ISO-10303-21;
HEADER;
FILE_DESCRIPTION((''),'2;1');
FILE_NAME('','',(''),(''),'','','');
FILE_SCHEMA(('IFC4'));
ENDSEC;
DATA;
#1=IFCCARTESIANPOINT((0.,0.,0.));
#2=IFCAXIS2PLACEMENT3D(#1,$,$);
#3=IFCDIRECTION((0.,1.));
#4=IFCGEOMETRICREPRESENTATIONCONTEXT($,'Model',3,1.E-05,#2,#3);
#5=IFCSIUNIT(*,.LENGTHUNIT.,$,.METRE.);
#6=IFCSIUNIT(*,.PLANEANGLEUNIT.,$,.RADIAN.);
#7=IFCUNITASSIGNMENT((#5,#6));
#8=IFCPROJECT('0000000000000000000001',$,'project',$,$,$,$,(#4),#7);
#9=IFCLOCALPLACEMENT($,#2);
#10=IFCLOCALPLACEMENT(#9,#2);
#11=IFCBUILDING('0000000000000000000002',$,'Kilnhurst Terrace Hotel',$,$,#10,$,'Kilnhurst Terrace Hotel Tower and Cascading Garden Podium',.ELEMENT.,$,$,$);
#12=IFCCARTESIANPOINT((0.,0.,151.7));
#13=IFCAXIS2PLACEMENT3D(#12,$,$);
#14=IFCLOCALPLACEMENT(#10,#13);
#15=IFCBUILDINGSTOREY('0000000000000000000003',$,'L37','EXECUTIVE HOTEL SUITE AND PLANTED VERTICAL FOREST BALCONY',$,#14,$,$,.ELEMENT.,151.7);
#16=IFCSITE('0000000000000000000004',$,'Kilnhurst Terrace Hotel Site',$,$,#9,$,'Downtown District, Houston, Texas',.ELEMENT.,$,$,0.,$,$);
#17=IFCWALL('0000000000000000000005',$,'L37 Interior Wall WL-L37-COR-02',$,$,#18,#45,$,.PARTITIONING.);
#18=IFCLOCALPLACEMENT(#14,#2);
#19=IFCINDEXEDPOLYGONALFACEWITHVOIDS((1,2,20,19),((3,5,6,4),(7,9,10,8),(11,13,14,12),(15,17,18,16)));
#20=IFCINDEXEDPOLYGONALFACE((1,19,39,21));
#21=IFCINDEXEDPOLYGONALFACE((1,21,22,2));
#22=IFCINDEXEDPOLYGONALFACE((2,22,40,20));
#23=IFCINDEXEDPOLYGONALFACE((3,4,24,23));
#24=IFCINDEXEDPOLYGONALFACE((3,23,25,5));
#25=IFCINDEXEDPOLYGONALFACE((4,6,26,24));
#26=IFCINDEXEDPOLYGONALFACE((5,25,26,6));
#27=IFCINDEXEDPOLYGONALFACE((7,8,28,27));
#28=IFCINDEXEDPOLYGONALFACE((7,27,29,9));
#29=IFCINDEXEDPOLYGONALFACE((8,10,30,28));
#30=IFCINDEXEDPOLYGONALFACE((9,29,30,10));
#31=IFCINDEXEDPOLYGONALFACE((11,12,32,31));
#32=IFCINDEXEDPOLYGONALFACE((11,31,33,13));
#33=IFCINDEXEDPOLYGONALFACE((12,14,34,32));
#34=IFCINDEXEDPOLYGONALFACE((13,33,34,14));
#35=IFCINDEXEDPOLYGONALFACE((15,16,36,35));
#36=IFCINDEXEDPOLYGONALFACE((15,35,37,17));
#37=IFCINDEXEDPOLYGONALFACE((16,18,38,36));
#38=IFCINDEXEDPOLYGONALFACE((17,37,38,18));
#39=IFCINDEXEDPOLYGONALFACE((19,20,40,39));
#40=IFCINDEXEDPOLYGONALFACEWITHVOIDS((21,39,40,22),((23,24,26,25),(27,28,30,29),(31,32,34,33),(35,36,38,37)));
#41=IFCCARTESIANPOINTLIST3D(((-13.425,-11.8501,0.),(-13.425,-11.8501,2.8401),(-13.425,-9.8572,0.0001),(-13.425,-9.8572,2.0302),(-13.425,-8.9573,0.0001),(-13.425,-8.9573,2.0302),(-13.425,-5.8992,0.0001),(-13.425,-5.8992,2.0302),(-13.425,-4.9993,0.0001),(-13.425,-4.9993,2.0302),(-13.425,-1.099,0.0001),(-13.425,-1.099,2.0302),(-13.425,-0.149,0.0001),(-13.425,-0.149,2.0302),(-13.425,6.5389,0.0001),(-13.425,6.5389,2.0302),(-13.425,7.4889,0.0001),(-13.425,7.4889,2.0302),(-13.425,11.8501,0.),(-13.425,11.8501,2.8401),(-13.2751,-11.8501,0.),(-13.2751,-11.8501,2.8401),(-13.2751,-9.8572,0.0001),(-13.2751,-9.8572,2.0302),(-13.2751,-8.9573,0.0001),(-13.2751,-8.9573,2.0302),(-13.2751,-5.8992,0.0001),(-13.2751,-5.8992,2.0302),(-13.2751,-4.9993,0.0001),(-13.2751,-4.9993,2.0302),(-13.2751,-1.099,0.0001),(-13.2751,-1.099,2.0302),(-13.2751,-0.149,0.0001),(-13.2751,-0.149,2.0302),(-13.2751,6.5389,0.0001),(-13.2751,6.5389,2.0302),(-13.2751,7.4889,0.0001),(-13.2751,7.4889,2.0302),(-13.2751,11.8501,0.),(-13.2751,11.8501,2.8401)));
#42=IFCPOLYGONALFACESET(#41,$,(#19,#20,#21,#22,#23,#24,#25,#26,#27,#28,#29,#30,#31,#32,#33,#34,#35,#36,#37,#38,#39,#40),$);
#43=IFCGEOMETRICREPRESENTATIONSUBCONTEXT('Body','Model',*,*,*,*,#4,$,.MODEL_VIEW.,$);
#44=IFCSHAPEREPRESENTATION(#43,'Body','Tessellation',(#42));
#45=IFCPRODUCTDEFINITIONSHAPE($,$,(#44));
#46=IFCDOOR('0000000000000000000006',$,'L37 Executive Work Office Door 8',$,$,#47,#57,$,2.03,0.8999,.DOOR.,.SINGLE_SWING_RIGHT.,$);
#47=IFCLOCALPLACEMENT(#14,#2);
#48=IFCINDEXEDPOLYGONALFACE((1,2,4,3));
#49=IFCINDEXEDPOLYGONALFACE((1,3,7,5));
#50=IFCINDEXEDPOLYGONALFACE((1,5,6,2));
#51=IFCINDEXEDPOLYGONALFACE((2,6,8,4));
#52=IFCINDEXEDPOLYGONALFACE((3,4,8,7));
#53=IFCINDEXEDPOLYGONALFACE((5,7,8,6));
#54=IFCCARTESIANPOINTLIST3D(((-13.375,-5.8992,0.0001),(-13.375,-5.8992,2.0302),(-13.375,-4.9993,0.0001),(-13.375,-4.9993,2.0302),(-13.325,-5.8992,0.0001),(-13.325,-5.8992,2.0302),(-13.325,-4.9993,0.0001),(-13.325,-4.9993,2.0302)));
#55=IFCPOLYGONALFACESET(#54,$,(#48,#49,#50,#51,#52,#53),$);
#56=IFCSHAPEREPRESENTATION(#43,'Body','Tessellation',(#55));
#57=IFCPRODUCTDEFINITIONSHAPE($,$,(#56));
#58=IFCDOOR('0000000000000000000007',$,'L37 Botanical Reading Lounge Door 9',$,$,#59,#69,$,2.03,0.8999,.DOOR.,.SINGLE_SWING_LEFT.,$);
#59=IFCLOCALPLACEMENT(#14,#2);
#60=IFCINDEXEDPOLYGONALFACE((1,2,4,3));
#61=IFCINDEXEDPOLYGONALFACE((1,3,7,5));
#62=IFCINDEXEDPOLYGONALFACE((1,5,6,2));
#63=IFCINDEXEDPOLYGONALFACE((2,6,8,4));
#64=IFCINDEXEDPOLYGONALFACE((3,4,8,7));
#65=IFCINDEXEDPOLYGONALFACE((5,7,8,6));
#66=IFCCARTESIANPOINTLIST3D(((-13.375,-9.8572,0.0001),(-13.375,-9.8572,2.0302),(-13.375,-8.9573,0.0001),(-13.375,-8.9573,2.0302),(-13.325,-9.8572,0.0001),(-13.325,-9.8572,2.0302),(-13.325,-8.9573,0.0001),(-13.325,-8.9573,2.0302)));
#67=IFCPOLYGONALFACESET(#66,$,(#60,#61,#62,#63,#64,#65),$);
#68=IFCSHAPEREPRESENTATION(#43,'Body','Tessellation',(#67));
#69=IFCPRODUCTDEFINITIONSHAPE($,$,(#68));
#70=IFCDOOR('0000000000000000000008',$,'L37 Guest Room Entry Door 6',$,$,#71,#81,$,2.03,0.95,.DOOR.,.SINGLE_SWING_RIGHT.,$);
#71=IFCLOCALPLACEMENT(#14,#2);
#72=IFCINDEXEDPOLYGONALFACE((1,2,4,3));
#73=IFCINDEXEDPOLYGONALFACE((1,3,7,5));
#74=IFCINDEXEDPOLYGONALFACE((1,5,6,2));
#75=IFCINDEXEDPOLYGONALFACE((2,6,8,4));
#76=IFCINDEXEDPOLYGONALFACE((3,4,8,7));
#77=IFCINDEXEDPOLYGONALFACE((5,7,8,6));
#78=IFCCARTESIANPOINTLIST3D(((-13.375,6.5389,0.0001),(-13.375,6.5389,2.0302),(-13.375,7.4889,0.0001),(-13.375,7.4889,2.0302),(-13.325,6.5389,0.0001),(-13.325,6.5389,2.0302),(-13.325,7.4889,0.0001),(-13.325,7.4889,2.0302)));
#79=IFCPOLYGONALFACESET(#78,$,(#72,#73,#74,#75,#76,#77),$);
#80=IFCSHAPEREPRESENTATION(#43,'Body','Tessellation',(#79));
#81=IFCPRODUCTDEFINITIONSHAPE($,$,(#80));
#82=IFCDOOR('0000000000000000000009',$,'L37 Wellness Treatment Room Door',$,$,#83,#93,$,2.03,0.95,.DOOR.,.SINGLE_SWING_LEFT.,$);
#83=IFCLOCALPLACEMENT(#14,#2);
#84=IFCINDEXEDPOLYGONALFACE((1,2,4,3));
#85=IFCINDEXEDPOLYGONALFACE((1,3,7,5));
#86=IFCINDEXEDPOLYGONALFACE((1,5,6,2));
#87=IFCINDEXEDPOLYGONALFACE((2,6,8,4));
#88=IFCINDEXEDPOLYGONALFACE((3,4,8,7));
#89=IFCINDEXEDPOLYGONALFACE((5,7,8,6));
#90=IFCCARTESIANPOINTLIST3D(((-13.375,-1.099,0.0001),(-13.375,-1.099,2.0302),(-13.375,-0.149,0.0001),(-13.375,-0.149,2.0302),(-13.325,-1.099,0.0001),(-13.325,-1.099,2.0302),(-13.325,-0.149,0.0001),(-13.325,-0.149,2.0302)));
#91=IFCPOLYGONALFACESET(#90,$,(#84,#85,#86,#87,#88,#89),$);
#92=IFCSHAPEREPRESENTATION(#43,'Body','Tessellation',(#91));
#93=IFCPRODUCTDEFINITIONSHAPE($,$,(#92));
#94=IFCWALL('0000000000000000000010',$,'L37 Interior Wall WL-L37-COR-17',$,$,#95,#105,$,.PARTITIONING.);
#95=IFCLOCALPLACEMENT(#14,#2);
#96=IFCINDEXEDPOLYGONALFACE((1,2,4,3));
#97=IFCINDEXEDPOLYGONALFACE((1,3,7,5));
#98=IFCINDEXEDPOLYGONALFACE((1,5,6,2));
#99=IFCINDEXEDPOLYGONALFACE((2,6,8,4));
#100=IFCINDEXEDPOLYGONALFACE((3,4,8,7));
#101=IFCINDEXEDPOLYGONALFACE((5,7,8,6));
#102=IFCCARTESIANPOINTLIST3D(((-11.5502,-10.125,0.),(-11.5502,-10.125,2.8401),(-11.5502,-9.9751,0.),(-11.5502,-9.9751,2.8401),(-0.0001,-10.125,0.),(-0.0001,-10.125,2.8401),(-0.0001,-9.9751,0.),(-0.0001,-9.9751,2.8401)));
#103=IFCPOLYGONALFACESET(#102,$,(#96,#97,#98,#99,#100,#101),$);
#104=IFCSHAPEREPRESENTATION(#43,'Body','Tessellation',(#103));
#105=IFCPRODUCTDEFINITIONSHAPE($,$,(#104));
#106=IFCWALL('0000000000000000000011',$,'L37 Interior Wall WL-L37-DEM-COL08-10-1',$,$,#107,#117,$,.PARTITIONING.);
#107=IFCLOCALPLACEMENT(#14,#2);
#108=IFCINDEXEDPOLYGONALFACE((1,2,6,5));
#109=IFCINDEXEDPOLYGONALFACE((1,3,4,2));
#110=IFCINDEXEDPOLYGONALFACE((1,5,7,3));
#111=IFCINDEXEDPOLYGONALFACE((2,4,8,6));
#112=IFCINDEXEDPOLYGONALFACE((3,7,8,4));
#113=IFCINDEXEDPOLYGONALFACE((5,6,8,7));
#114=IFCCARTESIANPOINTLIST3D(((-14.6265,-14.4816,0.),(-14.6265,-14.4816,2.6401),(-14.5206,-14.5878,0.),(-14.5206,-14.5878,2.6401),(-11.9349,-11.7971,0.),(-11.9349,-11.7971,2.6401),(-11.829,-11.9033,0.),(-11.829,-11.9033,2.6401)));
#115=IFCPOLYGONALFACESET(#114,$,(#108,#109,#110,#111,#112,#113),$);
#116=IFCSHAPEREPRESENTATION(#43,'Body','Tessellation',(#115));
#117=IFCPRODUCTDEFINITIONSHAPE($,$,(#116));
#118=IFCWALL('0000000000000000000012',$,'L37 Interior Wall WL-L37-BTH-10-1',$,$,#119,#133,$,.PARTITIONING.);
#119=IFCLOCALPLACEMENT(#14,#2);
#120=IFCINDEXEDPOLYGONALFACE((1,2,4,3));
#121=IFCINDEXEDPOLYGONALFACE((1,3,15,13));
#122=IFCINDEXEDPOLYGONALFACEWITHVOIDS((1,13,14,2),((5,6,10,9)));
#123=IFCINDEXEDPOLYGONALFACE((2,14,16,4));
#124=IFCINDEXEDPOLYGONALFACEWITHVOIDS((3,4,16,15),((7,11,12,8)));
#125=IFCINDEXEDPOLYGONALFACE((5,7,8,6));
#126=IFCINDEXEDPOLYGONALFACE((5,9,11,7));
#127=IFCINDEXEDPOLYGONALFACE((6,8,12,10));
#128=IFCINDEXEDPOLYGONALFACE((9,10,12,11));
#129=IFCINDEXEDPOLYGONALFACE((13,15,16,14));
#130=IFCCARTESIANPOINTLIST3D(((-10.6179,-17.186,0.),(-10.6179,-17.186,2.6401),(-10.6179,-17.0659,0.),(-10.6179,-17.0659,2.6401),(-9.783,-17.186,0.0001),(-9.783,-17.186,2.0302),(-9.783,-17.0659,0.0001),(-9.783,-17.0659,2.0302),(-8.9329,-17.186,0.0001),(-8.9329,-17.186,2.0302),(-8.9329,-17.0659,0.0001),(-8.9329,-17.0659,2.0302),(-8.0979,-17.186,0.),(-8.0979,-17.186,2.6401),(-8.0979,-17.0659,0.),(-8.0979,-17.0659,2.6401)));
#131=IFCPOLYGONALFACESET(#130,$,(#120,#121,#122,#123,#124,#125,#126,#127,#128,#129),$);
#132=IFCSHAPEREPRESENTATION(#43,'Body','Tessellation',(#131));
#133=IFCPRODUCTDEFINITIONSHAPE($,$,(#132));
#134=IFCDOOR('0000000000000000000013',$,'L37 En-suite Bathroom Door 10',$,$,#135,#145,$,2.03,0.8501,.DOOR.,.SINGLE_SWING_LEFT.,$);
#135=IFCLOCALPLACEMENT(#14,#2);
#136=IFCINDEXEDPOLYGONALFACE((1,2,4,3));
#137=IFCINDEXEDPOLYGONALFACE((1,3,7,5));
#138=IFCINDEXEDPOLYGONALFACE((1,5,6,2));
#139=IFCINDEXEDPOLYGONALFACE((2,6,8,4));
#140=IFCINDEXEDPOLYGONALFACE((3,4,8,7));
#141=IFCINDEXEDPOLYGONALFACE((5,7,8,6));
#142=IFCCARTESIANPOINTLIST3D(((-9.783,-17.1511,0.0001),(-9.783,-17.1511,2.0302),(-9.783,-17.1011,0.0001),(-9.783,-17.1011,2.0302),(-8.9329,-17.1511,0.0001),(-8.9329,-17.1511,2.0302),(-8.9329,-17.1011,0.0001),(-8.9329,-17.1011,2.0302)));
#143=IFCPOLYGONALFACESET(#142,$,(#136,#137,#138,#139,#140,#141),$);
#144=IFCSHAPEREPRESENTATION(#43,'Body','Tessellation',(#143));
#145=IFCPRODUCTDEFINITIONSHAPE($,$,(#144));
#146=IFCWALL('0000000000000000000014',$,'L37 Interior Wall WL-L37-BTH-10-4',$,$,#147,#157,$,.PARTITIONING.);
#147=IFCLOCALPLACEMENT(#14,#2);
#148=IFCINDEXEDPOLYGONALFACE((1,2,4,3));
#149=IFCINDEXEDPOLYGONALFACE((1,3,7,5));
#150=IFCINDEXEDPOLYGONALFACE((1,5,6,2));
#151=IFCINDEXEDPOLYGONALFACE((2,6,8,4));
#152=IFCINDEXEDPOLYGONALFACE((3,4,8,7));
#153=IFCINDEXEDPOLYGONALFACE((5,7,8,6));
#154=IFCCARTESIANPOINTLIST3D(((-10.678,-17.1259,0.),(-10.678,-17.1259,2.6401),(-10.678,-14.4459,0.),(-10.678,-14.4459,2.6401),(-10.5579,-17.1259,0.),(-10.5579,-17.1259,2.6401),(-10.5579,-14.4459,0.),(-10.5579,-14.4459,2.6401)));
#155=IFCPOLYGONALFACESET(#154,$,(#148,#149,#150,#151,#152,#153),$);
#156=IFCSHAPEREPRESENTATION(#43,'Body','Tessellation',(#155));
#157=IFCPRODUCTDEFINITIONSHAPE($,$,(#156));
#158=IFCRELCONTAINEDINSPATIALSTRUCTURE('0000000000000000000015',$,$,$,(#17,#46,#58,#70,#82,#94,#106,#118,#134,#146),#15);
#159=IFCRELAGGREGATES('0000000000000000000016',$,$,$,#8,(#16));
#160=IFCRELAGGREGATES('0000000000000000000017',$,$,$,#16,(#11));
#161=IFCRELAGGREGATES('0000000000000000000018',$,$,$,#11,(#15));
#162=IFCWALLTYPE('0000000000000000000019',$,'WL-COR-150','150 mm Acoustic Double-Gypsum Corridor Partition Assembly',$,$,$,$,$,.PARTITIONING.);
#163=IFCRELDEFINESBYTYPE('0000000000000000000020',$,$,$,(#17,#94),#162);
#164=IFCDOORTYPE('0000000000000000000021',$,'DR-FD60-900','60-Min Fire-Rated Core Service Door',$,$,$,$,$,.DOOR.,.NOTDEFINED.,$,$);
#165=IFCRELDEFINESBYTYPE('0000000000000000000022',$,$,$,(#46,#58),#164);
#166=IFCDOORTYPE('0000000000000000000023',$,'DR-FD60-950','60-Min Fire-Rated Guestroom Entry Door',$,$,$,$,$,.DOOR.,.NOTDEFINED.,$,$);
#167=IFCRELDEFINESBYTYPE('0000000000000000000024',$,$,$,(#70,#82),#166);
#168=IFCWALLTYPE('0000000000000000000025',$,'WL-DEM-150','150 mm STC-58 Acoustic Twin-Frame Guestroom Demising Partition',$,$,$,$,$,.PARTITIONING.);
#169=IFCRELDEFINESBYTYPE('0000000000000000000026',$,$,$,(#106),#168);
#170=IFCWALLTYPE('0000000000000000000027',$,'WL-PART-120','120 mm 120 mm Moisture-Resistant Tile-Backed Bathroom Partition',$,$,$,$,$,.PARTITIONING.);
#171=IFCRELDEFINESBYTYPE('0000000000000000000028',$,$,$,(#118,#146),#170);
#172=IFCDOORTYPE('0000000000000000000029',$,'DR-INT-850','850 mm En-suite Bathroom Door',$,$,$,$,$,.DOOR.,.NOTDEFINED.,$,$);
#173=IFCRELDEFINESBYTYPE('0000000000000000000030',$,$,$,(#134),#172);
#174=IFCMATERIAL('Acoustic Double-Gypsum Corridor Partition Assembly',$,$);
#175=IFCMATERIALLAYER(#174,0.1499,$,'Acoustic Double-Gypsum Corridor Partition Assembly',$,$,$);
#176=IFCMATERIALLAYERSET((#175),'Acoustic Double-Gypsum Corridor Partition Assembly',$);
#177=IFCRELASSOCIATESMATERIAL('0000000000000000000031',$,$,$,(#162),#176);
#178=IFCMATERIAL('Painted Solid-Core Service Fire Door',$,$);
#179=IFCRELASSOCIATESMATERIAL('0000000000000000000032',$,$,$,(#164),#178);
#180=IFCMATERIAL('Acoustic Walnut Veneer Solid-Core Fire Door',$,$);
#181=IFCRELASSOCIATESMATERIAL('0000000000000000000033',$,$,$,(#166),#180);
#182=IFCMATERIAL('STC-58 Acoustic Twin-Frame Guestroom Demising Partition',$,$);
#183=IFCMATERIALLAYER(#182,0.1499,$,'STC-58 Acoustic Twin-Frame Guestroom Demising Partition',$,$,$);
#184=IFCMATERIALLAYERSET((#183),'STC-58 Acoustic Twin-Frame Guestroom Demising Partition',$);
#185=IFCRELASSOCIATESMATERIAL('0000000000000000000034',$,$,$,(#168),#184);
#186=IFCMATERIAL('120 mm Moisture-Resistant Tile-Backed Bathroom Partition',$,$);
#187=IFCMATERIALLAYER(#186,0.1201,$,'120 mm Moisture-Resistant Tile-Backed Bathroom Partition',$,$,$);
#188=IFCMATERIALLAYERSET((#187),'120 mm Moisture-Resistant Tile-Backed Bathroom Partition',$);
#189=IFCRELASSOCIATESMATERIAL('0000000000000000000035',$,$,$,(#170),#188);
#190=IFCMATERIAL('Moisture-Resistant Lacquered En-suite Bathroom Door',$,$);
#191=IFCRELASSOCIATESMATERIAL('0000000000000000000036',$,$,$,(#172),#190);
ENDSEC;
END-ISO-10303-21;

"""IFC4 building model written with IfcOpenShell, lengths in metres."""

from ifc_helpers import new_model, si_unit, direction, frame, frame_2d, origin, place, context, subcontext, project, spatial, rectangle, extrude, material, layer, layer_set, type_object, element, fill, save


model = new_model("IFC4")

# Units and contexts
model_context = context("Model", 3, precision=1e-05, world=origin(), true_north=direction((0.0, 1.0)))
body_context = subcontext(model_context, "Body", "Model", "MODEL_VIEW")
ifc_project = project(units=[si_unit("LENGTHUNIT", "METRE"), si_unit("PLANEANGLEUNIT", "RADIAN")], contexts=[model_context])

# Site, building, storey
site_placement = place(None, origin())
site = spatial("IfcSite", under=ifc_project, at=site_placement, Name="Kilnhurst Terrace Hotel Site", LongName="Downtown District, Houston, Texas", CompositionType="ELEMENT", RefElevation=0.0)
building_placement = place(site_placement, origin())
building = spatial("IfcBuilding", under=site, at=building_placement, Name="Kilnhurst Terrace Hotel", LongName="Kilnhurst Terrace Hotel Tower and Cascading Garden Podium", CompositionType="ELEMENT")
storey_placement = place(building_placement, frame((0.0, 0.0, 151.7)))
storey = spatial("IfcBuildingStorey", under=building, at=storey_placement, Name="L37", Description="EXECUTIVE HOTEL SUITE AND PLANTED VERTICAL FOREST BALCONY", CompositionType="ELEMENT", Elevation=151.7)

# Wall, openings, doors
ifc_material_1 = material(Name="Acoustic Double-Gypsum Corridor Partition Assembly")
ifc_layer_1 = layer(ifc_material_1, 0.1499, Name="Acoustic Double-Gypsum Corridor Partition Assembly")
ifc_layer_set_1 = layer_set([ifc_layer_1], Name="Acoustic Double-Gypsum Corridor Partition Assembly")
wall_type_1 = type_object("IfcWallType", Name="WL-COR-150", Description="150 mm Acoustic Double-Gypsum Corridor Partition Assembly", PredefinedType="PARTITIONING", material=ifc_layer_set_1)
wall_1_placement = place(storey_placement, frame((-13.3501, -11.8501, 0.0), z_axis=(0.0, 0.0, 1.0), x_axis=(0.0, 1.0, 0.0)))
wall_1 = element("IfcWall", 1, at=wall_1_placement, inside=storey, type_object=wall_type_1, Name="L37 Interior Wall WL-L37-COR-02", PredefinedType="PARTITIONING", context=body_context, shape_type="SweptSolid", body=[
    extrude(rectangle(XDim=23.7002, YDim=0.1499, at=frame_2d((11.8501, 0.0))), origin(), (0.0, 0.0, 1.0), 2.8401),
])
opening_1_placement = place(wall_1_placement, frame((18.3889, 0.0, 0.0)))
opening_1 = element("IfcOpeningElement", 2, at=opening_1_placement, cuts=wall_1, PredefinedType="OPENING", context=body_context, shape_type="SweptSolid", body=[
    extrude(rectangle(XDim=0.95, YDim=2.03, at=frame_2d((0.4751, 1.0151))), frame((0.0, 0.085, 0.0), z_axis=(0.0, -1.0, 0.0), x_axis=(1.0, 0.0, 0.0)), (0.0, 0.0, 1.0), 0.1699),
])
opening_2_placement = place(wall_1_placement, frame((10.751, 0.0, 0.0)))
opening_2 = element("IfcOpeningElement", 3, at=opening_2_placement, cuts=wall_1, PredefinedType="OPENING", context=body_context, shape_type="SweptSolid", body=[
    extrude(rectangle(XDim=0.95, YDim=2.03, at=frame_2d((0.4751, 1.0151))), frame((0.0, 0.085, 0.0), z_axis=(0.0, -1.0, 0.0), x_axis=(1.0, 0.0, 0.0)), (0.0, 0.0, 1.0), 0.1699),
])
opening_3_placement = place(wall_1_placement, frame((5.9509, 0.0, 0.0)))
opening_3 = element("IfcOpeningElement", 4, at=opening_3_placement, cuts=wall_1, PredefinedType="OPENING", context=body_context, shape_type="SweptSolid", body=[
    extrude(rectangle(XDim=0.8999, YDim=2.03, at=frame_2d((0.45, 1.0151))), frame((0.0, 0.085, 0.0), z_axis=(0.0, -1.0, 0.0), x_axis=(1.0, 0.0, 0.0)), (0.0, 0.0, 1.0), 0.1699),
])
opening_4_placement = place(wall_1_placement, frame((1.9929, 0.0, 0.0)))
opening_4 = element("IfcOpeningElement", 5, at=opening_4_placement, cuts=wall_1, PredefinedType="OPENING", context=body_context, shape_type="SweptSolid", body=[
    extrude(rectangle(XDim=0.8999, YDim=2.03, at=frame_2d((0.45, 1.0151))), frame((0.0, 0.085, 0.0), z_axis=(0.0, -1.0, 0.0), x_axis=(1.0, 0.0, 0.0)), (0.0, 0.0, 1.0), 0.1699),
])
ifc_material_2 = material(Name="Painted Solid-Core Service Fire Door")
door_type_1 = type_object("IfcDoorType", Name="DR-FD60-900", Description="60-Min Fire-Rated Core Service Door", OperationType="NOTDEFINED", PredefinedType="DOOR", material=ifc_material_2)
door_1_placement = place(opening_3_placement, origin())
door_1 = element("IfcDoor", 6, at=door_1_placement, inside=storey, type_object=door_type_1, Name="L37 Executive Work Office Door 8", OperationType="SINGLE_SWING_RIGHT", OverallHeight=2.03, OverallWidth=0.8999, PredefinedType="DOOR", context=body_context, shape_type="SweptSolid", body=[
    extrude(rectangle(XDim=0.8999, YDim=2.03, at=frame_2d((0.45, 1.0151))), frame((0.0, 0.0249, 0.0), z_axis=(0.0, -1.0, 0.0), x_axis=(1.0, 0.0, 0.0)), (0.0, 0.0, 1.0), 0.05),
])
fill(opening_3, door_1)
door_2_placement = place(opening_4_placement, origin())
door_2 = element("IfcDoor", 7, at=door_2_placement, inside=storey, type_object=door_type_1, Name="L37 Botanical Reading Lounge Door 9", OperationType="SINGLE_SWING_LEFT", OverallHeight=2.03, OverallWidth=0.8999, PredefinedType="DOOR", context=body_context, shape_type="SweptSolid", body=[
    extrude(rectangle(XDim=0.8999, YDim=2.03, at=frame_2d((0.45, 1.0151))), frame((0.0, 0.0249, 0.0), z_axis=(0.0, -1.0, 0.0), x_axis=(1.0, 0.0, 0.0)), (0.0, 0.0, 1.0), 0.05),
])
fill(opening_4, door_2)
ifc_material_3 = material(Name="Acoustic Walnut Veneer Solid-Core Fire Door")
door_type_2 = type_object("IfcDoorType", Name="DR-FD60-950", Description="60-Min Fire-Rated Guestroom Entry Door", OperationType="NOTDEFINED", PredefinedType="DOOR", material=ifc_material_3)
door_3_placement = place(opening_1_placement, origin())
door_3 = element("IfcDoor", 8, at=door_3_placement, inside=storey, type_object=door_type_2, Name="L37 Guest Room Entry Door 6", OperationType="SINGLE_SWING_RIGHT", OverallHeight=2.03, OverallWidth=0.95, PredefinedType="DOOR", context=body_context, shape_type="SweptSolid", body=[
    extrude(rectangle(XDim=0.95, YDim=2.03, at=frame_2d((0.4751, 1.0151))), frame((0.0, 0.0249, 0.0), z_axis=(0.0, -1.0, 0.0), x_axis=(1.0, 0.0, 0.0)), (0.0, 0.0, 1.0), 0.05),
])
fill(opening_1, door_3)
door_4_placement = place(opening_2_placement, origin())
door_4 = element("IfcDoor", 9, at=door_4_placement, inside=storey, type_object=door_type_2, Name="L37 Wellness Treatment Room Door", OperationType="SINGLE_SWING_LEFT", OverallHeight=2.03, OverallWidth=0.95, PredefinedType="DOOR", context=body_context, shape_type="SweptSolid", body=[
    extrude(rectangle(XDim=0.95, YDim=2.03, at=frame_2d((0.4751, 1.0151))), frame((0.0, 0.0249, 0.0), z_axis=(0.0, -1.0, 0.0), x_axis=(1.0, 0.0, 0.0)), (0.0, 0.0, 1.0), 0.05),
])
fill(opening_2, door_4)

# Walls
wall_2_placement = place(storey_placement, frame((-11.55, -10.05, 0.0), z_axis=(0.0, 0.0, 1.0), x_axis=(1.0, 0.0, 0.0)))
element("IfcWall", 10, at=wall_2_placement, inside=storey, type_object=wall_type_1, Name="L37 Interior Wall WL-L37-COR-17", PredefinedType="PARTITIONING", context=body_context, shape_type="SweptSolid", body=[
    extrude(rectangle(XDim=11.55, YDim=0.1499, at=frame_2d((5.7749, 0.0))), origin(), (0.0, 0.0, 1.0), 2.8401),
])
ifc_material_4 = material(Name="STC-58 Acoustic Twin-Frame Guestroom Demising Partition")
ifc_layer_2 = layer(ifc_material_4, 0.1499, Name="STC-58 Acoustic Twin-Frame Guestroom Demising Partition")
ifc_layer_set_2 = layer_set([ifc_layer_2], Name="STC-58 Acoustic Twin-Frame Guestroom Demising Partition")
wall_type_2 = type_object("IfcWallType", Name="WL-DEM-150", Description="150 mm STC-58 Acoustic Twin-Frame Guestroom Demising Partition", PredefinedType="PARTITIONING", material=ifc_layer_set_2)
wall_3_placement = place(storey_placement, frame((-11.8818, -11.8501, 0.0), z_axis=(0.0, 0.0, 1.0), x_axis=(-0.708037, -0.706175, 0.0)))
element("IfcWall", 11, at=wall_3_placement, inside=storey, type_object=wall_type_2, Name="L37 Interior Wall WL-L37-DEM-COL08-10-1", PredefinedType="PARTITIONING", context=body_context, shape_type="SweptSolid", body=[
    extrude(rectangle(XDim=3.8015, YDim=0.1499, at=frame_2d((1.9009, 0.0))), origin(), (0.0, 0.0, 1.0), 2.6401),
])

# Wall, opening, door
ifc_material_5 = material(Name="120 mm Moisture-Resistant Tile-Backed Bathroom Partition")
ifc_layer_3 = layer(ifc_material_5, 0.1201, Name="120 mm Moisture-Resistant Tile-Backed Bathroom Partition")
ifc_layer_set_3 = layer_set([ifc_layer_3], Name="120 mm Moisture-Resistant Tile-Backed Bathroom Partition")
wall_type_3 = type_object("IfcWallType", Name="WL-PART-120", Description="120 mm 120 mm Moisture-Resistant Tile-Backed Bathroom Partition", PredefinedType="PARTITIONING", material=ifc_layer_set_3)
wall_4_placement = place(storey_placement, frame((-10.6179, -17.126, 0.0), z_axis=(0.0, 0.0, 1.0), x_axis=(1.0, 0.0, 0.0)))
wall_4 = element("IfcWall", 12, at=wall_4_placement, inside=storey, type_object=wall_type_3, Name="L37 Interior Wall WL-L37-BTH-10-1", PredefinedType="PARTITIONING", context=body_context, shape_type="SweptSolid", body=[
    extrude(rectangle(XDim=2.52, YDim=0.1201, at=frame_2d((1.26, 0.0))), origin(), (0.0, 0.0, 1.0), 2.6401),
])
opening_5_placement = place(wall_4_placement, frame((0.835, 0.0, 0.0)))
opening_5 = element("IfcOpeningElement", 13, at=opening_5_placement, cuts=wall_4, PredefinedType="OPENING", context=body_context, shape_type="SweptSolid", body=[
    extrude(rectangle(XDim=0.8501, YDim=2.03, at=frame_2d((0.425, 1.0151))), frame((0.0, 0.0701, 0.0), z_axis=(0.0, -1.0, 0.0), x_axis=(1.0, 0.0, 0.0)), (0.0, 0.0, 1.0), 0.1401),
])
ifc_material_6 = material(Name="Moisture-Resistant Lacquered En-suite Bathroom Door")
door_type_3 = type_object("IfcDoorType", Name="DR-INT-850", Description="850 mm En-suite Bathroom Door", OperationType="NOTDEFINED", PredefinedType="DOOR", material=ifc_material_6)
door_5_placement = place(opening_5_placement, origin())
door_5 = element("IfcDoor", 14, at=door_5_placement, inside=storey, type_object=door_type_3, Name="L37 En-suite Bathroom Door 10", OperationType="SINGLE_SWING_LEFT", OverallHeight=2.03, OverallWidth=0.8501, PredefinedType="DOOR", context=body_context, shape_type="SweptSolid", body=[
    extrude(rectangle(XDim=0.8501, YDim=2.03, at=frame_2d((0.425, 1.0151))), frame((0.0, 0.0249, 0.0), z_axis=(0.0, -1.0, 0.0), x_axis=(1.0, 0.0, 0.0)), (0.0, 0.0, 1.0), 0.05),
])
fill(opening_5, door_5)

# Wall
wall_5_placement = place(storey_placement, frame((-10.6179, -14.446, 0.0), z_axis=(0.0, 0.0, 1.0), x_axis=(0.0, -1.0, 0.0)))
element("IfcWall", 15, at=wall_5_placement, inside=storey, type_object=wall_type_3, Name="L37 Interior Wall WL-L37-BTH-10-4", PredefinedType="PARTITIONING", context=body_context, shape_type="SweptSolid", body=[
    extrude(rectangle(XDim=2.6799, YDim=0.1201, at=frame_2d((1.3398, 0.0))), origin(), (0.0, 0.0, 1.0), 2.6401),
])

save(model, "model.ifc")
